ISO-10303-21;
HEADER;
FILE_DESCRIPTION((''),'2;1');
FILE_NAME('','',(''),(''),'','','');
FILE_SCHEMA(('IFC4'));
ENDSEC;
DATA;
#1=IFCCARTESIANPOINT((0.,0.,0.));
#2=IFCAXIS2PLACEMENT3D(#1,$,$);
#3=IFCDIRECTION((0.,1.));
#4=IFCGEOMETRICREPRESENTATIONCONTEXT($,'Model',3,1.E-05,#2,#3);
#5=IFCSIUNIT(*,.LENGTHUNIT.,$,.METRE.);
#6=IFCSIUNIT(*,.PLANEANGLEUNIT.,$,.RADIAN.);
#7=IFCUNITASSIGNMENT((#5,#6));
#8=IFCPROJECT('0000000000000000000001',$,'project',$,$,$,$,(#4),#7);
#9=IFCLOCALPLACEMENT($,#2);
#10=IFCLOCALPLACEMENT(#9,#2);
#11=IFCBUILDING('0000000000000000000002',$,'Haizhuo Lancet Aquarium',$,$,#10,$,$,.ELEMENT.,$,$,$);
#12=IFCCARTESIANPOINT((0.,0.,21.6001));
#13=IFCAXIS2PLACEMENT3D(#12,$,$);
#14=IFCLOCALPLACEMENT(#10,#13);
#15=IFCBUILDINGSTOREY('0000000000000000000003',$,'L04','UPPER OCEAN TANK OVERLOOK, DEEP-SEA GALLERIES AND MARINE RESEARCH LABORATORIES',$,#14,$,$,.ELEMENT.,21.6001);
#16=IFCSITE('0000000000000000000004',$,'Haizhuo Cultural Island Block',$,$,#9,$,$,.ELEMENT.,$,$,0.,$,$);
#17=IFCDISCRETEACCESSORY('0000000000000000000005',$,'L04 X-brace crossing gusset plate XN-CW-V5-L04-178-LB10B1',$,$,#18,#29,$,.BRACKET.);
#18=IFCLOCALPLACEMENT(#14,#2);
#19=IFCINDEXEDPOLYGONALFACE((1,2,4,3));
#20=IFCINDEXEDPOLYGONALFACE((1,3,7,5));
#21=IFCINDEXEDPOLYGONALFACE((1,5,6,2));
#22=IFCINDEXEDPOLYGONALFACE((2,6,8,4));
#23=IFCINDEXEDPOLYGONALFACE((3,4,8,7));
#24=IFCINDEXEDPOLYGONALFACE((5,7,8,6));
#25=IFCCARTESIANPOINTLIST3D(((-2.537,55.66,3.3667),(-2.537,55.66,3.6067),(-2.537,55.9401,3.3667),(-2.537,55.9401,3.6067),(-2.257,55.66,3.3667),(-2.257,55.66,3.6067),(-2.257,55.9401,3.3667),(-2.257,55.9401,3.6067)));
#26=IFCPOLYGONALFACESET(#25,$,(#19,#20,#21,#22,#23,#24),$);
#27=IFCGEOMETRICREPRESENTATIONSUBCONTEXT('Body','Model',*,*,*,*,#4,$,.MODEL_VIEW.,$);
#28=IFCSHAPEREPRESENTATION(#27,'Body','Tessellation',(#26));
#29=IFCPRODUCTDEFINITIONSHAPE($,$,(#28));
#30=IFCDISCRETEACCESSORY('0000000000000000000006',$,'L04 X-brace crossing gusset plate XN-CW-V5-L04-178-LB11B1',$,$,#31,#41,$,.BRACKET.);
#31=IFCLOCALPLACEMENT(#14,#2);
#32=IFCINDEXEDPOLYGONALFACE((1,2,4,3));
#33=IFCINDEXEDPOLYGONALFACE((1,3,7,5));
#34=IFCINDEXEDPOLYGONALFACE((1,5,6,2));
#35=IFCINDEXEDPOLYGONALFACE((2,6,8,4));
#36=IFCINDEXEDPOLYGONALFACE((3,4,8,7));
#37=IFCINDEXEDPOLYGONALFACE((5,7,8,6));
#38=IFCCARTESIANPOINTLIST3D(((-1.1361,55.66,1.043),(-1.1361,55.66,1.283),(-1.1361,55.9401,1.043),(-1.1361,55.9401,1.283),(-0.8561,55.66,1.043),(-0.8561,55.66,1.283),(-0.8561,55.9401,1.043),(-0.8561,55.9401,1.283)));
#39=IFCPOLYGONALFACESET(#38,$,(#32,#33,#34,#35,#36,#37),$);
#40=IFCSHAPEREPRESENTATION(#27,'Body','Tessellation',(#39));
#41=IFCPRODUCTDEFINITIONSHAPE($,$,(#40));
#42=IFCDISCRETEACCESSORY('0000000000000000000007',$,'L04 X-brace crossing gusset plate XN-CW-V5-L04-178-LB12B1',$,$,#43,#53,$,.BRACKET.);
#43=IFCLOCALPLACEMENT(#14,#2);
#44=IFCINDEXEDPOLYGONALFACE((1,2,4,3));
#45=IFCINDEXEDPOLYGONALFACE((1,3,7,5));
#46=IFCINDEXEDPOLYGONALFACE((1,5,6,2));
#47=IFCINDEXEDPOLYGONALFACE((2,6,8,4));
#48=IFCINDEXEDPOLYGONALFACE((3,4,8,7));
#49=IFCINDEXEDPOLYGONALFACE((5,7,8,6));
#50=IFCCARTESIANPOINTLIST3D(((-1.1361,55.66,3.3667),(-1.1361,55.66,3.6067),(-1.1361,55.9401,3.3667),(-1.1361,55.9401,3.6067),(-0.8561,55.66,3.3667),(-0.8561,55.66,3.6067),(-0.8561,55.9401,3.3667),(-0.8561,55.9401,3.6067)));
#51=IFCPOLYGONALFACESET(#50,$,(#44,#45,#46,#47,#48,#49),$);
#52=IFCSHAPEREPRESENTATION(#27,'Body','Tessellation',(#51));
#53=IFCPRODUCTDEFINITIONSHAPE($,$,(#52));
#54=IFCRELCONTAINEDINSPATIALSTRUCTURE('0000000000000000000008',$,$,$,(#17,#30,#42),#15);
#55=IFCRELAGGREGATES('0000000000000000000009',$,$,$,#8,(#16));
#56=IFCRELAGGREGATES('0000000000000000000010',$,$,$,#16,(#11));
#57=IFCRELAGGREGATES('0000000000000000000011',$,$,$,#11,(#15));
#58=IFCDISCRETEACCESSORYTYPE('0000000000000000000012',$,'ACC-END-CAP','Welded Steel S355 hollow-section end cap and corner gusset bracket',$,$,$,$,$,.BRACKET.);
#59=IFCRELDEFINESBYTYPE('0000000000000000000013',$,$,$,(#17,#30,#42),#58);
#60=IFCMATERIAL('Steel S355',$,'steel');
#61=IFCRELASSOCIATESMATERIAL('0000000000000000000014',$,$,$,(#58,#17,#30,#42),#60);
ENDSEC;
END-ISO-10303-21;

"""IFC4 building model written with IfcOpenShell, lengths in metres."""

from ifc_helpers import new_model, si_unit, direction, frame, origin, origin_2d, place, context, subcontext, project, spatial, rectangle, extrude, material, type_object, element, save


model = new_model("IFC4")

# Units and contexts
model_context = context("Model", 3, precision=1e-05, world=origin(), true_north=direction((0.0, 1.0)))
body_context = subcontext(model_context, "Body", "Model", "MODEL_VIEW")
ifc_project = project(units=[si_unit("LENGTHUNIT", "METRE"), si_unit("PLANEANGLEUNIT", "RADIAN")], contexts=[model_context])

# Site, building, storey
site_placement = place(None, origin())
site = spatial("IfcSite", under=ifc_project, at=site_placement, Name="Haizhuo Cultural Island Block", CompositionType="ELEMENT", RefElevation=0.0)
building_placement = place(site_placement, origin())
building = spatial("IfcBuilding", under=site, at=building_placement, Name="Haizhuo Lancet Aquarium", CompositionType="ELEMENT")
storey_placement = place(building_placement, frame((0.0, 0.0, 21.6001)))
storey = spatial("IfcBuildingStorey", under=building, at=storey_placement, Name="L04", Description="UPPER OCEAN TANK OVERLOOK, DEEP-SEA GALLERIES AND MARINE RESEARCH LABORATORIES", CompositionType="ELEMENT", Elevation=21.6001)

# Shared definitions
ifc_material_1 = material(Name="Steel S355", Category="steel")

# Discrete accessories
discrete_accessory_type = type_object("IfcDiscreteAccessoryType", Name="ACC-END-CAP", Description="Welded Steel S355 hollow-section end cap and corner gusset bracket", PredefinedType="BRACKET", material=ifc_material_1)
for number, where, z_axis, x_axis, name in (
    (1, (-2.397, 55.8, 3.3667), (0.0, 0.0, 1.0), (1.0, 0.0, 0.0), "L04 X-brace crossing gusset plate XN-CW-V5-L04-178-LB10B1"),
    (2, (-0.9961, 55.8, 1.043), (0.0, 0.0, 1.0), (1.0, 0.0, 0.0), "L04 X-brace crossing gusset plate XN-CW-V5-L04-178-LB11B1"),
    (3, (-0.9961, 55.8, 3.3667), (0.0, 0.0, 1.0), (1.0, 0.0, 0.0), "L04 X-brace crossing gusset plate XN-CW-V5-L04-178-LB12B1"),
):
    element("IfcDiscreteAccessory", number, at=place(storey_placement, frame(where, z_axis=z_axis, x_axis=x_axis)), inside=storey, type_object=discrete_accessory_type, material=ifc_material_1, Name=name, PredefinedType="BRACKET", context=body_context, shape_type="SweptSolid", body=[
        extrude(rectangle(XDim=0.28, YDim=0.28, at=origin_2d()), origin(), (0.0, 0.0, 1.0), 0.24),
    ])

save(model, "model.ifc")
